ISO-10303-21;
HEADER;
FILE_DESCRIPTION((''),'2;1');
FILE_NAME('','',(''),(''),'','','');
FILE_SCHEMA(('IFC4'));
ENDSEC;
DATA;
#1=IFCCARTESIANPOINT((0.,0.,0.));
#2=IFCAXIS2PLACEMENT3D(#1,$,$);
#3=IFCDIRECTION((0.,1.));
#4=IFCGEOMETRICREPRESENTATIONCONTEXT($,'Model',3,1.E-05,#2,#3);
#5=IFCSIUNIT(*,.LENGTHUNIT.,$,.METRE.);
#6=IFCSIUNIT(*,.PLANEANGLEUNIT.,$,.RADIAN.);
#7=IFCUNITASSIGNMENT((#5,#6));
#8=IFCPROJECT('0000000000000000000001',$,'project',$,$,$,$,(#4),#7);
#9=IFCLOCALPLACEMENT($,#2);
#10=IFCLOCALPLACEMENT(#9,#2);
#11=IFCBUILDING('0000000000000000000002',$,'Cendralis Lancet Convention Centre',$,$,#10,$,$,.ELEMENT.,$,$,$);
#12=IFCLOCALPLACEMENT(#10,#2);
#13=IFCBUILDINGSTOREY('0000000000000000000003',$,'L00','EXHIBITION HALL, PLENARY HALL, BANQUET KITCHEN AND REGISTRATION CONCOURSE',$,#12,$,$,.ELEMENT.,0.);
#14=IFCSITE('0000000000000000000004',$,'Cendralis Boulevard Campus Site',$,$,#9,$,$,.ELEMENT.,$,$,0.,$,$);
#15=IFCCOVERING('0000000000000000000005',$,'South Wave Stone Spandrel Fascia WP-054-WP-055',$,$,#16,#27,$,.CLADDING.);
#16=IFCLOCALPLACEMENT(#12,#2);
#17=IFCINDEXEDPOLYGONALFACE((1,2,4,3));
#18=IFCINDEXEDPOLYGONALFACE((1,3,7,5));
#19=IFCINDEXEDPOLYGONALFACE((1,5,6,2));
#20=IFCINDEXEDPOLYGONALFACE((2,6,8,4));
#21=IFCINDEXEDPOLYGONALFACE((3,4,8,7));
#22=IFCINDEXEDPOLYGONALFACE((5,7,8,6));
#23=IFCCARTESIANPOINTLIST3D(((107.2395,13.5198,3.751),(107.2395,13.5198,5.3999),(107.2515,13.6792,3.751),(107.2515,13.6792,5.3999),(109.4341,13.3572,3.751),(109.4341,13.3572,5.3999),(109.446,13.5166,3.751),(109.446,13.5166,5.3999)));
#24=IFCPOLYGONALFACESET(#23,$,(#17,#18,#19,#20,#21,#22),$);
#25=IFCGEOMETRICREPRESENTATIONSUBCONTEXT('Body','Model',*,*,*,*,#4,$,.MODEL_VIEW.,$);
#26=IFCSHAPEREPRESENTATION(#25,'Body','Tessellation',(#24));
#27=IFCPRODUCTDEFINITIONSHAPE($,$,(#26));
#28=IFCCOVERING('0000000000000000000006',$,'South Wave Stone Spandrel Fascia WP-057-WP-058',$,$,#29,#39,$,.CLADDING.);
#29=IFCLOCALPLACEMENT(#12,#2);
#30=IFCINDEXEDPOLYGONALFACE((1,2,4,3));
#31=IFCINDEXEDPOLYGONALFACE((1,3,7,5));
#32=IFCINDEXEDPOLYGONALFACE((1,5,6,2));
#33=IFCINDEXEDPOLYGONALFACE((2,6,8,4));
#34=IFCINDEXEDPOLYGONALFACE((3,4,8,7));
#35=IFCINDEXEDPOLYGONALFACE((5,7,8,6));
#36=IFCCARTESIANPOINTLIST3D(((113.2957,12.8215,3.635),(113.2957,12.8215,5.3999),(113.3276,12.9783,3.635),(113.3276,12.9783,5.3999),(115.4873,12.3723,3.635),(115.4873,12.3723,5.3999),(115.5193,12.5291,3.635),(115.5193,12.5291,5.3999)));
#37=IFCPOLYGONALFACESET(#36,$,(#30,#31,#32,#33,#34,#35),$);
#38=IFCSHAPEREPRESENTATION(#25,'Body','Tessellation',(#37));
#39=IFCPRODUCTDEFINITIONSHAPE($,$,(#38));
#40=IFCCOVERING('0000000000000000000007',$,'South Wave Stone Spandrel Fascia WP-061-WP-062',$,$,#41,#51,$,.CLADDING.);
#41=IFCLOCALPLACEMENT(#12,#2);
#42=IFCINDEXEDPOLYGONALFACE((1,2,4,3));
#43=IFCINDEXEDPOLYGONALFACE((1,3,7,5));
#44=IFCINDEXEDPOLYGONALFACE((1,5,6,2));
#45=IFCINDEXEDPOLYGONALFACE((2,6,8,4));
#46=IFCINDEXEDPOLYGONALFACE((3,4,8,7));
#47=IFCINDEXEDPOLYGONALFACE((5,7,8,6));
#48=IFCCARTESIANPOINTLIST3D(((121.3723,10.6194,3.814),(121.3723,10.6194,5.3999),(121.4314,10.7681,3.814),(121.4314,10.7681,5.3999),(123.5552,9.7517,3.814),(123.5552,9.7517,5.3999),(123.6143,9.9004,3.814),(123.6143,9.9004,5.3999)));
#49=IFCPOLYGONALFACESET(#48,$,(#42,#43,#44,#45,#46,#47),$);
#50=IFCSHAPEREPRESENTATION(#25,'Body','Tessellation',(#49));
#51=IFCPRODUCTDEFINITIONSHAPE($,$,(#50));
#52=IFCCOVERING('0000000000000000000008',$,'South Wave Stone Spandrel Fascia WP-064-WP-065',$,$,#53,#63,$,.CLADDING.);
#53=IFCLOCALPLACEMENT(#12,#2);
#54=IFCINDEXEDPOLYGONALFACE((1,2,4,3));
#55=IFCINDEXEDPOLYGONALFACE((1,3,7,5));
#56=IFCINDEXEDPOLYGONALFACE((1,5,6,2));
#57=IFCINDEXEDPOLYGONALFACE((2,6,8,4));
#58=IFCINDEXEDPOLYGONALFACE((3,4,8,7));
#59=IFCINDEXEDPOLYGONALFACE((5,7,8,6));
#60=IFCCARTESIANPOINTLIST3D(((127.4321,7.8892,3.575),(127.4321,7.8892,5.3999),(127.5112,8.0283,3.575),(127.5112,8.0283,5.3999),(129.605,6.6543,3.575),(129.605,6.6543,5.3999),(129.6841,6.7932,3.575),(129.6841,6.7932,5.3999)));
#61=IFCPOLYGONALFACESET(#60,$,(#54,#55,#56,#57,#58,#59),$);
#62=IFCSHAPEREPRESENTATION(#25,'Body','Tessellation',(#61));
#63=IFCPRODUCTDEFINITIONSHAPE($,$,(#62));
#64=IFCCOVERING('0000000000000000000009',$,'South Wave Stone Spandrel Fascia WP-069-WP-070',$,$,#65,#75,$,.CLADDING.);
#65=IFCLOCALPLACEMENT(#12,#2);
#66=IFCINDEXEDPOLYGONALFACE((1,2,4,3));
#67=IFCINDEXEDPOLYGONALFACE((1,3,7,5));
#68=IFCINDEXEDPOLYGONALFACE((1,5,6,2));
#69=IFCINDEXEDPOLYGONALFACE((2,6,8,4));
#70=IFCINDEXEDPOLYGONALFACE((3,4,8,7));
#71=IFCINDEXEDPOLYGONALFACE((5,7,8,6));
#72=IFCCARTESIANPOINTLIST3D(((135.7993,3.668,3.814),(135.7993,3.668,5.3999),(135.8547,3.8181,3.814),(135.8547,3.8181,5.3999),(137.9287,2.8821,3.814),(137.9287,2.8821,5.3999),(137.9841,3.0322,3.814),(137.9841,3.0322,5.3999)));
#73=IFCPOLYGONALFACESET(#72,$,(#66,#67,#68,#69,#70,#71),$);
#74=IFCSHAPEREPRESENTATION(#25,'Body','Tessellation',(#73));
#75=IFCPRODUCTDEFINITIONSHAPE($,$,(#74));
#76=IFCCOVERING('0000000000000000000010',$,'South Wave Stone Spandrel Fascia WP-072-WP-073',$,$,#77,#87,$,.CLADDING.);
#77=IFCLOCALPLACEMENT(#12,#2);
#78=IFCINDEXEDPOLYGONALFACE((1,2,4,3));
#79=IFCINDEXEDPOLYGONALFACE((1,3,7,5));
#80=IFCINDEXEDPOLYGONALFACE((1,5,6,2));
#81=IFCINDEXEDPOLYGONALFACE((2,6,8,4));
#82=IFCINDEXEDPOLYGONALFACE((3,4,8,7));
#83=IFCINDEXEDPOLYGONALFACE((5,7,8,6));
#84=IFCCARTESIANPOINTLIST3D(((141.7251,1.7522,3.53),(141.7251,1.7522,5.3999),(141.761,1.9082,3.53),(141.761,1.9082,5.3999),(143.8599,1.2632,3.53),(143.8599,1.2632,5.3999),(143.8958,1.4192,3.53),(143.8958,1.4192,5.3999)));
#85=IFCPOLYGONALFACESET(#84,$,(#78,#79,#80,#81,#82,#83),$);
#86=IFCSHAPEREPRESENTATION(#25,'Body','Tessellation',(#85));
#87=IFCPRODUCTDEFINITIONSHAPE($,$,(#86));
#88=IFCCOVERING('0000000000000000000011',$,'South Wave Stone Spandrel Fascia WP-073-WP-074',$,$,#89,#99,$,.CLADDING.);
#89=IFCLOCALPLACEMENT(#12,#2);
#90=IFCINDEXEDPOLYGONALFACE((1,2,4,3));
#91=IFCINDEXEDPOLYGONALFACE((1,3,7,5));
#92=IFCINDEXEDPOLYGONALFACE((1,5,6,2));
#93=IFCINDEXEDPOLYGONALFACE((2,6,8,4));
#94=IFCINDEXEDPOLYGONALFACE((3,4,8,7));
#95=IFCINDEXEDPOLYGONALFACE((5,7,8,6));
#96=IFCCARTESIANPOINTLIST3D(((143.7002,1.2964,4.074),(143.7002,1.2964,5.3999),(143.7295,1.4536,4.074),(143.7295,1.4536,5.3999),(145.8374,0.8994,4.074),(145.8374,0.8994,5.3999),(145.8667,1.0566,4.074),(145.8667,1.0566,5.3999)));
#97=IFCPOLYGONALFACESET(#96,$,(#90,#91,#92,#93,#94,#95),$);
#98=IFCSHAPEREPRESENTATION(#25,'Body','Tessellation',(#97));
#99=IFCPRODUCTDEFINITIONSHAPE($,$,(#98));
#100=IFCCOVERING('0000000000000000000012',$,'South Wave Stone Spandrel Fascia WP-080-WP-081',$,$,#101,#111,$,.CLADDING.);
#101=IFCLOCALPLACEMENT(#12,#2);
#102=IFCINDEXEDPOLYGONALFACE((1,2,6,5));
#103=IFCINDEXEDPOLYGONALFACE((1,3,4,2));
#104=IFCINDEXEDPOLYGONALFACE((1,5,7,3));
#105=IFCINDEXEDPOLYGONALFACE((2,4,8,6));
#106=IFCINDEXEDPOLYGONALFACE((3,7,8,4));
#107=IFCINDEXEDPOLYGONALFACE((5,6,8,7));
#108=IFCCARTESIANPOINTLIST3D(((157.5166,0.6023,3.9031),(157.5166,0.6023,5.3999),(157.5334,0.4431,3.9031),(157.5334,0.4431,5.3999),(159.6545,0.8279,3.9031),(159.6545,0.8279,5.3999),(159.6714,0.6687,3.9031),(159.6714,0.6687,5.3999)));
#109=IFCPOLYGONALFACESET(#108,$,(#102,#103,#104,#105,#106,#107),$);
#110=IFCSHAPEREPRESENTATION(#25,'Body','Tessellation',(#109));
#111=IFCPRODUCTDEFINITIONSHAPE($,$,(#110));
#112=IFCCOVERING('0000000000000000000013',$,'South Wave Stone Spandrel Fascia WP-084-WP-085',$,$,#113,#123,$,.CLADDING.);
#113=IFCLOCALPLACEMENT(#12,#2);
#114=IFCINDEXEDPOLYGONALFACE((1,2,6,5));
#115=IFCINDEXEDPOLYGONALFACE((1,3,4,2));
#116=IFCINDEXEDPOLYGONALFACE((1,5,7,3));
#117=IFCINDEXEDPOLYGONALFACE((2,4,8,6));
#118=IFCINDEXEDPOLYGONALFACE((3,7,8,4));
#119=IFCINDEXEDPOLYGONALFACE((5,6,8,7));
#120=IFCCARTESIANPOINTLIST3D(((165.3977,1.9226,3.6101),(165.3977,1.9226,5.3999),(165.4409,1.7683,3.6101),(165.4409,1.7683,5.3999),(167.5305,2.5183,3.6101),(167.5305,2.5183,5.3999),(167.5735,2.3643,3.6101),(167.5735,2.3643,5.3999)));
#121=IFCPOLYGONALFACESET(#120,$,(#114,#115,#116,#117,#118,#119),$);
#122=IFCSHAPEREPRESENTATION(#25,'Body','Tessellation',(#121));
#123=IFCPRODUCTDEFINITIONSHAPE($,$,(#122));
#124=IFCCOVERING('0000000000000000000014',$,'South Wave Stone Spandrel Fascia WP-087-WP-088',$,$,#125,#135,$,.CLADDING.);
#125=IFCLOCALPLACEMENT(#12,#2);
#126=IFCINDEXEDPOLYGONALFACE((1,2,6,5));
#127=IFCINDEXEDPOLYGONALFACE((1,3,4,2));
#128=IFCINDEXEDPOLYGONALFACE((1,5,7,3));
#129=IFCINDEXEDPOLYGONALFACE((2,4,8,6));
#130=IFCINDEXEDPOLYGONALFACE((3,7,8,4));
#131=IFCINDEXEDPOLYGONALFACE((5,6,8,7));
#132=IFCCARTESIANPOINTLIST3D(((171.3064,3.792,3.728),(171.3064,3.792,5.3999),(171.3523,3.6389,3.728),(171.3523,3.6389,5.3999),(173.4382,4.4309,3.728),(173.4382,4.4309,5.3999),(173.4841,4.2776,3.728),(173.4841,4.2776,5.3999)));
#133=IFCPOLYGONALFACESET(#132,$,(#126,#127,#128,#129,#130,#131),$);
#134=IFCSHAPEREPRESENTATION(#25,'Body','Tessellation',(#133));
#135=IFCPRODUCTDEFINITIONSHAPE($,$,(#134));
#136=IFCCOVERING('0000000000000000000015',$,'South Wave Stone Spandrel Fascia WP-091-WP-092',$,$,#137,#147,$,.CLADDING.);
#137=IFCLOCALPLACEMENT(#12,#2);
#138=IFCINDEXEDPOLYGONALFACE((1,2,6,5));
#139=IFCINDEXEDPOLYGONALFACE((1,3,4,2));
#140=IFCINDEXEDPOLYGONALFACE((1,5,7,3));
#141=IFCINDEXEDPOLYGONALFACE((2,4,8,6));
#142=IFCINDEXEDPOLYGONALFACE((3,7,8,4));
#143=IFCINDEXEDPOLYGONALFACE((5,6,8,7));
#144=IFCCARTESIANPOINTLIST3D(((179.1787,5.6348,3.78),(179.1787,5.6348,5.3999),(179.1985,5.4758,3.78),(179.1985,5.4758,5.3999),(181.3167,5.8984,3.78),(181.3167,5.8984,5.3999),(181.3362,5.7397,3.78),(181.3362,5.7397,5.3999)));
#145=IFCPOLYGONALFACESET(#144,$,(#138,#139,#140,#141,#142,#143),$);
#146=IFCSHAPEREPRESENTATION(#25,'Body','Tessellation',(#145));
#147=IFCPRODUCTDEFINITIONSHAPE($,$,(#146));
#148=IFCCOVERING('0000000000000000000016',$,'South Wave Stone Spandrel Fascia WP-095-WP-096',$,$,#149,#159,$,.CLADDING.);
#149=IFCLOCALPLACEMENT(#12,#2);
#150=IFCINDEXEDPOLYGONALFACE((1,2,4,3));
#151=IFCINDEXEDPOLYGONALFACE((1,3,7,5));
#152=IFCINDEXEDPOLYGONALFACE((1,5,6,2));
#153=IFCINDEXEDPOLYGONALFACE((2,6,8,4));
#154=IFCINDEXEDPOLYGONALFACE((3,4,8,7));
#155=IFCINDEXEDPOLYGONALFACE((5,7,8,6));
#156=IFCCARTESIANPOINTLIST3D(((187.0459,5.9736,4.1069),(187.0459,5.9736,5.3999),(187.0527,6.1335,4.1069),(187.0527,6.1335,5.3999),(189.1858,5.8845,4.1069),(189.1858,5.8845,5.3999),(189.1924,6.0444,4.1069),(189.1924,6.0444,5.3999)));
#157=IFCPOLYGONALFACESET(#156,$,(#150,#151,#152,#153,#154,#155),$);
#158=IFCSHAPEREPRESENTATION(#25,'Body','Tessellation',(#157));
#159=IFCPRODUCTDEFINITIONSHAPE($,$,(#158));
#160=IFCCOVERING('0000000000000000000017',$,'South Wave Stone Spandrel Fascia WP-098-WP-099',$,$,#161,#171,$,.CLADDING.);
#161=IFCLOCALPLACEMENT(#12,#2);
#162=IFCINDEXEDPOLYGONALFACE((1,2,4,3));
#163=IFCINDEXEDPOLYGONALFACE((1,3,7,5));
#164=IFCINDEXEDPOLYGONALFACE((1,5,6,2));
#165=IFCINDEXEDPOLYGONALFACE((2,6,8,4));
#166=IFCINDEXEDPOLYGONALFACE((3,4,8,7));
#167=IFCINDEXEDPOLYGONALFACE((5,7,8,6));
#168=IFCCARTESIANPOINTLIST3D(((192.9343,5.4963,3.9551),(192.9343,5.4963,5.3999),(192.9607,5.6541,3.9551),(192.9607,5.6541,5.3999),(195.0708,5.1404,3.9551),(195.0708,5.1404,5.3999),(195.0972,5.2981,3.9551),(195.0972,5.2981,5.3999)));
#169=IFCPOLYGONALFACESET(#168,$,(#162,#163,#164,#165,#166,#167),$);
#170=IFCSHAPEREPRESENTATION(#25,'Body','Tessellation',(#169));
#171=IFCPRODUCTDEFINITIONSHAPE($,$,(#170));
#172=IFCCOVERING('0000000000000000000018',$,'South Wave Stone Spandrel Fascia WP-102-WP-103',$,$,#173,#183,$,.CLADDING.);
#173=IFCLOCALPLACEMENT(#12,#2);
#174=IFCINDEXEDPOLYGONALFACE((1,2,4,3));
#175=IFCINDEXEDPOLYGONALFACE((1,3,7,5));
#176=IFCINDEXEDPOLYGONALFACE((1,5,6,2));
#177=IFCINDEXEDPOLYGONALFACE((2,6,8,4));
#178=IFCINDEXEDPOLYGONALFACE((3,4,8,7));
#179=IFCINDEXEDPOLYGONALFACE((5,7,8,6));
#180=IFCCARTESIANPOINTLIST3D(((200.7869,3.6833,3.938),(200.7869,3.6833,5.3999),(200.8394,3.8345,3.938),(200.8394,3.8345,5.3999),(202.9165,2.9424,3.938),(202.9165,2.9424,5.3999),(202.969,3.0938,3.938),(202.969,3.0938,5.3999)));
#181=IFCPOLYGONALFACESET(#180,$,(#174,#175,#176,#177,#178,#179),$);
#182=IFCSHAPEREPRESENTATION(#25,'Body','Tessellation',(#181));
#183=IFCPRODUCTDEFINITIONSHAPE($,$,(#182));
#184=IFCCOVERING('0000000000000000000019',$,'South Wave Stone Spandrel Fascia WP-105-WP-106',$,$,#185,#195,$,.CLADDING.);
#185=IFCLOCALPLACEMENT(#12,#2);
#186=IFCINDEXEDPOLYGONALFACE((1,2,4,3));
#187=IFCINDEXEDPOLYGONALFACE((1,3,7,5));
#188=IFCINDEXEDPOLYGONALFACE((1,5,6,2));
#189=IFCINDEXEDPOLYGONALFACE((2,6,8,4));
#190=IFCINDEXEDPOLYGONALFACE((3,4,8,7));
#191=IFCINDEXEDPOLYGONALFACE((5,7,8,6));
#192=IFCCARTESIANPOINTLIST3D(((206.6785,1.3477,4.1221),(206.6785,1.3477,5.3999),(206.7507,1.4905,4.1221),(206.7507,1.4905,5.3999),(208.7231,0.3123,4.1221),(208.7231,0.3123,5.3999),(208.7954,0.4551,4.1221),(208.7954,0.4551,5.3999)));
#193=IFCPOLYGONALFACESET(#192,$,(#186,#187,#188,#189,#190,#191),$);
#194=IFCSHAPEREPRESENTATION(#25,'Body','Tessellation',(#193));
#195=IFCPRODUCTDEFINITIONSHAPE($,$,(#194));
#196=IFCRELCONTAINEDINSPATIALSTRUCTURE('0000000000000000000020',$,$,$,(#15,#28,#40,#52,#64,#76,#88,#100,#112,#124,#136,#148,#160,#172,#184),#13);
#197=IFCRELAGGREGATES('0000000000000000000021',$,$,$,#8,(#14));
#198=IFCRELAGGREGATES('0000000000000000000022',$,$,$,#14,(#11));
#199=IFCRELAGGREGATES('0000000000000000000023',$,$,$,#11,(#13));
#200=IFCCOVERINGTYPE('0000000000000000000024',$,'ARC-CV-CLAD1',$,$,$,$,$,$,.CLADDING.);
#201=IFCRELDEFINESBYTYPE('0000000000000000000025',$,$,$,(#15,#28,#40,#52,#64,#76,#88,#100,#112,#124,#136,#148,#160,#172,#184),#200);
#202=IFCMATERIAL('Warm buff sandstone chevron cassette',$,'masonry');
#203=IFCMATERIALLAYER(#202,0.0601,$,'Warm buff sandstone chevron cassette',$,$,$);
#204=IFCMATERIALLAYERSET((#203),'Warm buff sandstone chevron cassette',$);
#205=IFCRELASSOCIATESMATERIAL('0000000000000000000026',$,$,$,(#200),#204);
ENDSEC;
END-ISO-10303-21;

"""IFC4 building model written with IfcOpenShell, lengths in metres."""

from ifc_helpers import new_model, si_unit, direction, frame, origin, place, context, subcontext, project, spatial, polyline, outline, extrude, material, layer, layer_set, type_object, element, save


model = new_model("IFC4")

# Units and contexts
model_context = context("Model", 3, precision=1e-05, world=origin(), true_north=direction((0.0, 1.0)))
body_context = subcontext(model_context, "Body", "Model", "MODEL_VIEW")
ifc_project = project(units=[si_unit("LENGTHUNIT", "METRE"), si_unit("PLANEANGLEUNIT", "RADIAN")], contexts=[model_context])

# Site, building, storey
site_placement = place(None, origin())
site = spatial("IfcSite", under=ifc_project, at=site_placement, Name="Cendralis Boulevard Campus Site", CompositionType="ELEMENT", RefElevation=0.0)
building_placement = place(site_placement, origin())
building = spatial("IfcBuilding", under=site, at=building_placement, Name="Cendralis Lancet Convention Centre", CompositionType="ELEMENT")
storey_placement = place(building_placement, origin())
storey = spatial("IfcBuildingStorey", under=building, at=storey_placement, Name="L00", Description="EXHIBITION HALL, PLENARY HALL, BANQUET KITCHEN AND REGISTRATION CONCOURSE", CompositionType="ELEMENT", Elevation=0.0)

# Coverings
ifc_material = material(Name="Warm buff sandstone chevron cassette", Category="masonry")
ifc_layer = layer(ifc_material, 0.0601, Name="Warm buff sandstone chevron cassette")
ifc_layer_set = layer_set([ifc_layer], Name="Warm buff sandstone chevron cassette")
covering_type = type_object("IfcCoveringType", Name="ARC-CV-CLAD1", PredefinedType="CLADDING", material=ifc_layer_set)
covering_1_placement = place(storey_placement, frame((0.0, 0.0, 3.751)))
element("IfcCovering", 1, at=covering_1_placement, inside=storey, type_object=covering_type, Name="South Wave Stone Spandrel Fascia WP-054-WP-055", PredefinedType="CLADDING", context=body_context, shape_type="SweptSolid", body=[
    extrude(outline(polyline([(107.2395, 13.5198), (109.4341, 13.3572), (109.446, 13.5166), (107.2515, 13.6792), (107.2395, 13.5198)])), origin(), (0.0, 0.0, 1.0), 1.6489),
])
covering_2_placement = place(storey_placement, frame((0.0, 0.0, 3.635)))
element("IfcCovering", 2, at=covering_2_placement, inside=storey, type_object=covering_type, Name="South Wave Stone Spandrel Fascia WP-057-WP-058", PredefinedType="CLADDING", context=body_context, shape_type="SweptSolid", body=[
    extrude(outline(polyline([(113.2957, 12.8215), (115.4873, 12.3723), (115.5193, 12.5291), (113.3276, 12.9783), (113.2957, 12.8215)])), origin(), (0.0, 0.0, 1.0), 1.7649),
])
covering_3_placement = place(storey_placement, frame((0.0, 0.0, 3.814)))
element("IfcCovering", 3, at=covering_3_placement, inside=storey, type_object=covering_type, Name="South Wave Stone Spandrel Fascia WP-061-WP-062", PredefinedType="CLADDING", context=body_context, shape_type="SweptSolid", body=[
    extrude(outline(polyline([(121.3723, 10.6194), (123.5552, 9.7517), (123.6143, 9.9004), (121.4314, 10.7681), (121.3723, 10.6194)])), origin(), (0.0, 0.0, 1.0), 1.5859),
])
covering_4_placement = place(storey_placement, frame((0.0, 0.0, 3.575)))
element("IfcCovering", 4, at=covering_4_placement, inside=storey, type_object=covering_type, Name="South Wave Stone Spandrel Fascia WP-064-WP-065", PredefinedType="CLADDING", context=body_context, shape_type="SweptSolid", body=[
    extrude(outline(polyline([(127.4321, 7.8892), (129.605, 6.6543), (129.6841, 6.7932), (127.5112, 8.0283), (127.4321, 7.8892)])), origin(), (0.0, 0.0, 1.0), 1.825),
])
covering_5_placement = place(storey_placement, frame((0.0, 0.0, 3.814)))
element("IfcCovering", 5, at=covering_5_placement, inside=storey, type_object=covering_type, Name="South Wave Stone Spandrel Fascia WP-069-WP-070", PredefinedType="CLADDING", context=body_context, shape_type="SweptSolid", body=[
    extrude(outline(polyline([(135.7993, 3.668), (137.9287, 2.8821), (137.9841, 3.0322), (135.8547, 3.8181), (135.7993, 3.668)])), origin(), (0.0, 0.0, 1.0), 1.5859),
])
covering_6_placement = place(storey_placement, frame((0.0, 0.0, 3.53)))
element("IfcCovering", 6, at=covering_6_placement, inside=storey, type_object=covering_type, Name="South Wave Stone Spandrel Fascia WP-072-WP-073", PredefinedType="CLADDING", context=body_context, shape_type="SweptSolid", body=[
    extrude(outline(polyline([(141.7251, 1.7522), (143.8599, 1.2632), (143.8958, 1.4192), (141.761, 1.9082), (141.7251, 1.7522)])), origin(), (0.0, 0.0, 1.0), 1.8699),
])
covering_7_placement = place(storey_placement, frame((0.0, 0.0, 4.074)))
element("IfcCovering", 7, at=covering_7_placement, inside=storey, type_object=covering_type, Name="South Wave Stone Spandrel Fascia WP-073-WP-074", PredefinedType="CLADDING", context=body_context, shape_type="SweptSolid", body=[
    extrude(outline(polyline([(143.7002, 1.2964), (145.8374, 0.8994), (145.8667, 1.0566), (143.7295, 1.4536), (143.7002, 1.2964)])), origin(), (0.0, 0.0, 1.0), 1.3259),
])
covering_8_placement = place(storey_placement, frame((0.0, 0.0, 3.9031)))
element("IfcCovering", 8, at=covering_8_placement, inside=storey, type_object=covering_type, Name="South Wave Stone Spandrel Fascia WP-080-WP-081", PredefinedType="CLADDING", context=body_context, shape_type="SweptSolid", body=[
    extrude(outline(polyline([(157.5334, 0.4431), (159.6714, 0.6687), (159.6545, 0.8279), (157.5166, 0.6023), (157.5334, 0.4431)])), origin(), (0.0, 0.0, 1.0), 1.4968),
])
covering_9_placement = place(storey_placement, frame((0.0, 0.0, 3.6101)))
element("IfcCovering", 9, at=covering_9_placement, inside=storey, type_object=covering_type, Name="South Wave Stone Spandrel Fascia WP-084-WP-085", PredefinedType="CLADDING", context=body_context, shape_type="SweptSolid", body=[
    extrude(outline(polyline([(165.4409, 1.7683), (167.5735, 2.3643), (167.5305, 2.5183), (165.3977, 1.9226), (165.4409, 1.7683)])), origin(), (0.0, 0.0, 1.0), 1.7898),
])
covering_10_placement = place(storey_placement, frame((0.0, 0.0, 3.728)))
element("IfcCovering", 10, at=covering_10_placement, inside=storey, type_object=covering_type, Name="South Wave Stone Spandrel Fascia WP-087-WP-088", PredefinedType="CLADDING", context=body_context, shape_type="SweptSolid", body=[
    extrude(outline(polyline([(171.3523, 3.6389), (173.4841, 4.2776), (173.4382, 4.4309), (171.3064, 3.792), (171.3523, 3.6389)])), origin(), (0.0, 0.0, 1.0), 1.6719),
])
covering_11_placement = place(storey_placement, frame((0.0, 0.0, 3.78)))
element("IfcCovering", 11, at=covering_11_placement, inside=storey, type_object=covering_type, Name="South Wave Stone Spandrel Fascia WP-091-WP-092", PredefinedType="CLADDING", context=body_context, shape_type="SweptSolid", body=[
    extrude(outline(polyline([(179.1985, 5.4758), (181.3362, 5.7397), (181.3167, 5.8984), (179.1787, 5.6348), (179.1985, 5.4758)])), origin(), (0.0, 0.0, 1.0), 1.6199),
])
covering_12_placement = place(storey_placement, frame((0.0, 0.0, 4.1069)))
element("IfcCovering", 12, at=covering_12_placement, inside=storey, type_object=covering_type, Name="South Wave Stone Spandrel Fascia WP-095-WP-096", PredefinedType="CLADDING", context=body_context, shape_type="SweptSolid", body=[
    extrude(outline(polyline([(187.0459, 5.9736), (189.1858, 5.8845), (189.1924, 6.0444), (187.0527, 6.1335), (187.0459, 5.9736)])), origin(), (0.0, 0.0, 1.0), 1.293),
])
covering_13_placement = place(storey_placement, frame((0.0, 0.0, 3.9551)))
element("IfcCovering", 13, at=covering_13_placement, inside=storey, type_object=covering_type, Name="South Wave Stone Spandrel Fascia WP-098-WP-099", PredefinedType="CLADDING", context=body_context, shape_type="SweptSolid", body=[
    extrude(outline(polyline([(192.9343, 5.4963), (195.0708, 5.1404), (195.0972, 5.2981), (192.9607, 5.6541), (192.9343, 5.4963)])), origin(), (0.0, 0.0, 1.0), 1.4448),
])
covering_14_placement = place(storey_placement, frame((0.0, 0.0, 3.938)))
element("IfcCovering", 14, at=covering_14_placement, inside=storey, type_object=covering_type, Name="South Wave Stone Spandrel Fascia WP-102-WP-103", PredefinedType="CLADDING", context=body_context, shape_type="SweptSolid", body=[
    extrude(outline(polyline([(200.7869, 3.6833), (202.9165, 2.9424), (202.969, 3.0938), (200.8394, 3.8345), (200.7869, 3.6833)])), origin(), (0.0, 0.0, 1.0), 1.4619),
])
covering_15_placement = place(storey_placement, frame((0.0, 0.0, 4.1221)))
element("IfcCovering", 15, at=covering_15_placement, inside=storey, type_object=covering_type, Name="South Wave Stone Spandrel Fascia WP-105-WP-106", PredefinedType="CLADDING", context=body_context, shape_type="SweptSolid", body=[
    extrude(outline(polyline([(206.6785, 1.3477), (208.7231, 0.3123), (208.7954, 0.4551), (206.7507, 1.4905), (206.6785, 1.3477)])), origin(), (0.0, 0.0, 1.0), 1.2778),
])

save(model, "model.ifc")
